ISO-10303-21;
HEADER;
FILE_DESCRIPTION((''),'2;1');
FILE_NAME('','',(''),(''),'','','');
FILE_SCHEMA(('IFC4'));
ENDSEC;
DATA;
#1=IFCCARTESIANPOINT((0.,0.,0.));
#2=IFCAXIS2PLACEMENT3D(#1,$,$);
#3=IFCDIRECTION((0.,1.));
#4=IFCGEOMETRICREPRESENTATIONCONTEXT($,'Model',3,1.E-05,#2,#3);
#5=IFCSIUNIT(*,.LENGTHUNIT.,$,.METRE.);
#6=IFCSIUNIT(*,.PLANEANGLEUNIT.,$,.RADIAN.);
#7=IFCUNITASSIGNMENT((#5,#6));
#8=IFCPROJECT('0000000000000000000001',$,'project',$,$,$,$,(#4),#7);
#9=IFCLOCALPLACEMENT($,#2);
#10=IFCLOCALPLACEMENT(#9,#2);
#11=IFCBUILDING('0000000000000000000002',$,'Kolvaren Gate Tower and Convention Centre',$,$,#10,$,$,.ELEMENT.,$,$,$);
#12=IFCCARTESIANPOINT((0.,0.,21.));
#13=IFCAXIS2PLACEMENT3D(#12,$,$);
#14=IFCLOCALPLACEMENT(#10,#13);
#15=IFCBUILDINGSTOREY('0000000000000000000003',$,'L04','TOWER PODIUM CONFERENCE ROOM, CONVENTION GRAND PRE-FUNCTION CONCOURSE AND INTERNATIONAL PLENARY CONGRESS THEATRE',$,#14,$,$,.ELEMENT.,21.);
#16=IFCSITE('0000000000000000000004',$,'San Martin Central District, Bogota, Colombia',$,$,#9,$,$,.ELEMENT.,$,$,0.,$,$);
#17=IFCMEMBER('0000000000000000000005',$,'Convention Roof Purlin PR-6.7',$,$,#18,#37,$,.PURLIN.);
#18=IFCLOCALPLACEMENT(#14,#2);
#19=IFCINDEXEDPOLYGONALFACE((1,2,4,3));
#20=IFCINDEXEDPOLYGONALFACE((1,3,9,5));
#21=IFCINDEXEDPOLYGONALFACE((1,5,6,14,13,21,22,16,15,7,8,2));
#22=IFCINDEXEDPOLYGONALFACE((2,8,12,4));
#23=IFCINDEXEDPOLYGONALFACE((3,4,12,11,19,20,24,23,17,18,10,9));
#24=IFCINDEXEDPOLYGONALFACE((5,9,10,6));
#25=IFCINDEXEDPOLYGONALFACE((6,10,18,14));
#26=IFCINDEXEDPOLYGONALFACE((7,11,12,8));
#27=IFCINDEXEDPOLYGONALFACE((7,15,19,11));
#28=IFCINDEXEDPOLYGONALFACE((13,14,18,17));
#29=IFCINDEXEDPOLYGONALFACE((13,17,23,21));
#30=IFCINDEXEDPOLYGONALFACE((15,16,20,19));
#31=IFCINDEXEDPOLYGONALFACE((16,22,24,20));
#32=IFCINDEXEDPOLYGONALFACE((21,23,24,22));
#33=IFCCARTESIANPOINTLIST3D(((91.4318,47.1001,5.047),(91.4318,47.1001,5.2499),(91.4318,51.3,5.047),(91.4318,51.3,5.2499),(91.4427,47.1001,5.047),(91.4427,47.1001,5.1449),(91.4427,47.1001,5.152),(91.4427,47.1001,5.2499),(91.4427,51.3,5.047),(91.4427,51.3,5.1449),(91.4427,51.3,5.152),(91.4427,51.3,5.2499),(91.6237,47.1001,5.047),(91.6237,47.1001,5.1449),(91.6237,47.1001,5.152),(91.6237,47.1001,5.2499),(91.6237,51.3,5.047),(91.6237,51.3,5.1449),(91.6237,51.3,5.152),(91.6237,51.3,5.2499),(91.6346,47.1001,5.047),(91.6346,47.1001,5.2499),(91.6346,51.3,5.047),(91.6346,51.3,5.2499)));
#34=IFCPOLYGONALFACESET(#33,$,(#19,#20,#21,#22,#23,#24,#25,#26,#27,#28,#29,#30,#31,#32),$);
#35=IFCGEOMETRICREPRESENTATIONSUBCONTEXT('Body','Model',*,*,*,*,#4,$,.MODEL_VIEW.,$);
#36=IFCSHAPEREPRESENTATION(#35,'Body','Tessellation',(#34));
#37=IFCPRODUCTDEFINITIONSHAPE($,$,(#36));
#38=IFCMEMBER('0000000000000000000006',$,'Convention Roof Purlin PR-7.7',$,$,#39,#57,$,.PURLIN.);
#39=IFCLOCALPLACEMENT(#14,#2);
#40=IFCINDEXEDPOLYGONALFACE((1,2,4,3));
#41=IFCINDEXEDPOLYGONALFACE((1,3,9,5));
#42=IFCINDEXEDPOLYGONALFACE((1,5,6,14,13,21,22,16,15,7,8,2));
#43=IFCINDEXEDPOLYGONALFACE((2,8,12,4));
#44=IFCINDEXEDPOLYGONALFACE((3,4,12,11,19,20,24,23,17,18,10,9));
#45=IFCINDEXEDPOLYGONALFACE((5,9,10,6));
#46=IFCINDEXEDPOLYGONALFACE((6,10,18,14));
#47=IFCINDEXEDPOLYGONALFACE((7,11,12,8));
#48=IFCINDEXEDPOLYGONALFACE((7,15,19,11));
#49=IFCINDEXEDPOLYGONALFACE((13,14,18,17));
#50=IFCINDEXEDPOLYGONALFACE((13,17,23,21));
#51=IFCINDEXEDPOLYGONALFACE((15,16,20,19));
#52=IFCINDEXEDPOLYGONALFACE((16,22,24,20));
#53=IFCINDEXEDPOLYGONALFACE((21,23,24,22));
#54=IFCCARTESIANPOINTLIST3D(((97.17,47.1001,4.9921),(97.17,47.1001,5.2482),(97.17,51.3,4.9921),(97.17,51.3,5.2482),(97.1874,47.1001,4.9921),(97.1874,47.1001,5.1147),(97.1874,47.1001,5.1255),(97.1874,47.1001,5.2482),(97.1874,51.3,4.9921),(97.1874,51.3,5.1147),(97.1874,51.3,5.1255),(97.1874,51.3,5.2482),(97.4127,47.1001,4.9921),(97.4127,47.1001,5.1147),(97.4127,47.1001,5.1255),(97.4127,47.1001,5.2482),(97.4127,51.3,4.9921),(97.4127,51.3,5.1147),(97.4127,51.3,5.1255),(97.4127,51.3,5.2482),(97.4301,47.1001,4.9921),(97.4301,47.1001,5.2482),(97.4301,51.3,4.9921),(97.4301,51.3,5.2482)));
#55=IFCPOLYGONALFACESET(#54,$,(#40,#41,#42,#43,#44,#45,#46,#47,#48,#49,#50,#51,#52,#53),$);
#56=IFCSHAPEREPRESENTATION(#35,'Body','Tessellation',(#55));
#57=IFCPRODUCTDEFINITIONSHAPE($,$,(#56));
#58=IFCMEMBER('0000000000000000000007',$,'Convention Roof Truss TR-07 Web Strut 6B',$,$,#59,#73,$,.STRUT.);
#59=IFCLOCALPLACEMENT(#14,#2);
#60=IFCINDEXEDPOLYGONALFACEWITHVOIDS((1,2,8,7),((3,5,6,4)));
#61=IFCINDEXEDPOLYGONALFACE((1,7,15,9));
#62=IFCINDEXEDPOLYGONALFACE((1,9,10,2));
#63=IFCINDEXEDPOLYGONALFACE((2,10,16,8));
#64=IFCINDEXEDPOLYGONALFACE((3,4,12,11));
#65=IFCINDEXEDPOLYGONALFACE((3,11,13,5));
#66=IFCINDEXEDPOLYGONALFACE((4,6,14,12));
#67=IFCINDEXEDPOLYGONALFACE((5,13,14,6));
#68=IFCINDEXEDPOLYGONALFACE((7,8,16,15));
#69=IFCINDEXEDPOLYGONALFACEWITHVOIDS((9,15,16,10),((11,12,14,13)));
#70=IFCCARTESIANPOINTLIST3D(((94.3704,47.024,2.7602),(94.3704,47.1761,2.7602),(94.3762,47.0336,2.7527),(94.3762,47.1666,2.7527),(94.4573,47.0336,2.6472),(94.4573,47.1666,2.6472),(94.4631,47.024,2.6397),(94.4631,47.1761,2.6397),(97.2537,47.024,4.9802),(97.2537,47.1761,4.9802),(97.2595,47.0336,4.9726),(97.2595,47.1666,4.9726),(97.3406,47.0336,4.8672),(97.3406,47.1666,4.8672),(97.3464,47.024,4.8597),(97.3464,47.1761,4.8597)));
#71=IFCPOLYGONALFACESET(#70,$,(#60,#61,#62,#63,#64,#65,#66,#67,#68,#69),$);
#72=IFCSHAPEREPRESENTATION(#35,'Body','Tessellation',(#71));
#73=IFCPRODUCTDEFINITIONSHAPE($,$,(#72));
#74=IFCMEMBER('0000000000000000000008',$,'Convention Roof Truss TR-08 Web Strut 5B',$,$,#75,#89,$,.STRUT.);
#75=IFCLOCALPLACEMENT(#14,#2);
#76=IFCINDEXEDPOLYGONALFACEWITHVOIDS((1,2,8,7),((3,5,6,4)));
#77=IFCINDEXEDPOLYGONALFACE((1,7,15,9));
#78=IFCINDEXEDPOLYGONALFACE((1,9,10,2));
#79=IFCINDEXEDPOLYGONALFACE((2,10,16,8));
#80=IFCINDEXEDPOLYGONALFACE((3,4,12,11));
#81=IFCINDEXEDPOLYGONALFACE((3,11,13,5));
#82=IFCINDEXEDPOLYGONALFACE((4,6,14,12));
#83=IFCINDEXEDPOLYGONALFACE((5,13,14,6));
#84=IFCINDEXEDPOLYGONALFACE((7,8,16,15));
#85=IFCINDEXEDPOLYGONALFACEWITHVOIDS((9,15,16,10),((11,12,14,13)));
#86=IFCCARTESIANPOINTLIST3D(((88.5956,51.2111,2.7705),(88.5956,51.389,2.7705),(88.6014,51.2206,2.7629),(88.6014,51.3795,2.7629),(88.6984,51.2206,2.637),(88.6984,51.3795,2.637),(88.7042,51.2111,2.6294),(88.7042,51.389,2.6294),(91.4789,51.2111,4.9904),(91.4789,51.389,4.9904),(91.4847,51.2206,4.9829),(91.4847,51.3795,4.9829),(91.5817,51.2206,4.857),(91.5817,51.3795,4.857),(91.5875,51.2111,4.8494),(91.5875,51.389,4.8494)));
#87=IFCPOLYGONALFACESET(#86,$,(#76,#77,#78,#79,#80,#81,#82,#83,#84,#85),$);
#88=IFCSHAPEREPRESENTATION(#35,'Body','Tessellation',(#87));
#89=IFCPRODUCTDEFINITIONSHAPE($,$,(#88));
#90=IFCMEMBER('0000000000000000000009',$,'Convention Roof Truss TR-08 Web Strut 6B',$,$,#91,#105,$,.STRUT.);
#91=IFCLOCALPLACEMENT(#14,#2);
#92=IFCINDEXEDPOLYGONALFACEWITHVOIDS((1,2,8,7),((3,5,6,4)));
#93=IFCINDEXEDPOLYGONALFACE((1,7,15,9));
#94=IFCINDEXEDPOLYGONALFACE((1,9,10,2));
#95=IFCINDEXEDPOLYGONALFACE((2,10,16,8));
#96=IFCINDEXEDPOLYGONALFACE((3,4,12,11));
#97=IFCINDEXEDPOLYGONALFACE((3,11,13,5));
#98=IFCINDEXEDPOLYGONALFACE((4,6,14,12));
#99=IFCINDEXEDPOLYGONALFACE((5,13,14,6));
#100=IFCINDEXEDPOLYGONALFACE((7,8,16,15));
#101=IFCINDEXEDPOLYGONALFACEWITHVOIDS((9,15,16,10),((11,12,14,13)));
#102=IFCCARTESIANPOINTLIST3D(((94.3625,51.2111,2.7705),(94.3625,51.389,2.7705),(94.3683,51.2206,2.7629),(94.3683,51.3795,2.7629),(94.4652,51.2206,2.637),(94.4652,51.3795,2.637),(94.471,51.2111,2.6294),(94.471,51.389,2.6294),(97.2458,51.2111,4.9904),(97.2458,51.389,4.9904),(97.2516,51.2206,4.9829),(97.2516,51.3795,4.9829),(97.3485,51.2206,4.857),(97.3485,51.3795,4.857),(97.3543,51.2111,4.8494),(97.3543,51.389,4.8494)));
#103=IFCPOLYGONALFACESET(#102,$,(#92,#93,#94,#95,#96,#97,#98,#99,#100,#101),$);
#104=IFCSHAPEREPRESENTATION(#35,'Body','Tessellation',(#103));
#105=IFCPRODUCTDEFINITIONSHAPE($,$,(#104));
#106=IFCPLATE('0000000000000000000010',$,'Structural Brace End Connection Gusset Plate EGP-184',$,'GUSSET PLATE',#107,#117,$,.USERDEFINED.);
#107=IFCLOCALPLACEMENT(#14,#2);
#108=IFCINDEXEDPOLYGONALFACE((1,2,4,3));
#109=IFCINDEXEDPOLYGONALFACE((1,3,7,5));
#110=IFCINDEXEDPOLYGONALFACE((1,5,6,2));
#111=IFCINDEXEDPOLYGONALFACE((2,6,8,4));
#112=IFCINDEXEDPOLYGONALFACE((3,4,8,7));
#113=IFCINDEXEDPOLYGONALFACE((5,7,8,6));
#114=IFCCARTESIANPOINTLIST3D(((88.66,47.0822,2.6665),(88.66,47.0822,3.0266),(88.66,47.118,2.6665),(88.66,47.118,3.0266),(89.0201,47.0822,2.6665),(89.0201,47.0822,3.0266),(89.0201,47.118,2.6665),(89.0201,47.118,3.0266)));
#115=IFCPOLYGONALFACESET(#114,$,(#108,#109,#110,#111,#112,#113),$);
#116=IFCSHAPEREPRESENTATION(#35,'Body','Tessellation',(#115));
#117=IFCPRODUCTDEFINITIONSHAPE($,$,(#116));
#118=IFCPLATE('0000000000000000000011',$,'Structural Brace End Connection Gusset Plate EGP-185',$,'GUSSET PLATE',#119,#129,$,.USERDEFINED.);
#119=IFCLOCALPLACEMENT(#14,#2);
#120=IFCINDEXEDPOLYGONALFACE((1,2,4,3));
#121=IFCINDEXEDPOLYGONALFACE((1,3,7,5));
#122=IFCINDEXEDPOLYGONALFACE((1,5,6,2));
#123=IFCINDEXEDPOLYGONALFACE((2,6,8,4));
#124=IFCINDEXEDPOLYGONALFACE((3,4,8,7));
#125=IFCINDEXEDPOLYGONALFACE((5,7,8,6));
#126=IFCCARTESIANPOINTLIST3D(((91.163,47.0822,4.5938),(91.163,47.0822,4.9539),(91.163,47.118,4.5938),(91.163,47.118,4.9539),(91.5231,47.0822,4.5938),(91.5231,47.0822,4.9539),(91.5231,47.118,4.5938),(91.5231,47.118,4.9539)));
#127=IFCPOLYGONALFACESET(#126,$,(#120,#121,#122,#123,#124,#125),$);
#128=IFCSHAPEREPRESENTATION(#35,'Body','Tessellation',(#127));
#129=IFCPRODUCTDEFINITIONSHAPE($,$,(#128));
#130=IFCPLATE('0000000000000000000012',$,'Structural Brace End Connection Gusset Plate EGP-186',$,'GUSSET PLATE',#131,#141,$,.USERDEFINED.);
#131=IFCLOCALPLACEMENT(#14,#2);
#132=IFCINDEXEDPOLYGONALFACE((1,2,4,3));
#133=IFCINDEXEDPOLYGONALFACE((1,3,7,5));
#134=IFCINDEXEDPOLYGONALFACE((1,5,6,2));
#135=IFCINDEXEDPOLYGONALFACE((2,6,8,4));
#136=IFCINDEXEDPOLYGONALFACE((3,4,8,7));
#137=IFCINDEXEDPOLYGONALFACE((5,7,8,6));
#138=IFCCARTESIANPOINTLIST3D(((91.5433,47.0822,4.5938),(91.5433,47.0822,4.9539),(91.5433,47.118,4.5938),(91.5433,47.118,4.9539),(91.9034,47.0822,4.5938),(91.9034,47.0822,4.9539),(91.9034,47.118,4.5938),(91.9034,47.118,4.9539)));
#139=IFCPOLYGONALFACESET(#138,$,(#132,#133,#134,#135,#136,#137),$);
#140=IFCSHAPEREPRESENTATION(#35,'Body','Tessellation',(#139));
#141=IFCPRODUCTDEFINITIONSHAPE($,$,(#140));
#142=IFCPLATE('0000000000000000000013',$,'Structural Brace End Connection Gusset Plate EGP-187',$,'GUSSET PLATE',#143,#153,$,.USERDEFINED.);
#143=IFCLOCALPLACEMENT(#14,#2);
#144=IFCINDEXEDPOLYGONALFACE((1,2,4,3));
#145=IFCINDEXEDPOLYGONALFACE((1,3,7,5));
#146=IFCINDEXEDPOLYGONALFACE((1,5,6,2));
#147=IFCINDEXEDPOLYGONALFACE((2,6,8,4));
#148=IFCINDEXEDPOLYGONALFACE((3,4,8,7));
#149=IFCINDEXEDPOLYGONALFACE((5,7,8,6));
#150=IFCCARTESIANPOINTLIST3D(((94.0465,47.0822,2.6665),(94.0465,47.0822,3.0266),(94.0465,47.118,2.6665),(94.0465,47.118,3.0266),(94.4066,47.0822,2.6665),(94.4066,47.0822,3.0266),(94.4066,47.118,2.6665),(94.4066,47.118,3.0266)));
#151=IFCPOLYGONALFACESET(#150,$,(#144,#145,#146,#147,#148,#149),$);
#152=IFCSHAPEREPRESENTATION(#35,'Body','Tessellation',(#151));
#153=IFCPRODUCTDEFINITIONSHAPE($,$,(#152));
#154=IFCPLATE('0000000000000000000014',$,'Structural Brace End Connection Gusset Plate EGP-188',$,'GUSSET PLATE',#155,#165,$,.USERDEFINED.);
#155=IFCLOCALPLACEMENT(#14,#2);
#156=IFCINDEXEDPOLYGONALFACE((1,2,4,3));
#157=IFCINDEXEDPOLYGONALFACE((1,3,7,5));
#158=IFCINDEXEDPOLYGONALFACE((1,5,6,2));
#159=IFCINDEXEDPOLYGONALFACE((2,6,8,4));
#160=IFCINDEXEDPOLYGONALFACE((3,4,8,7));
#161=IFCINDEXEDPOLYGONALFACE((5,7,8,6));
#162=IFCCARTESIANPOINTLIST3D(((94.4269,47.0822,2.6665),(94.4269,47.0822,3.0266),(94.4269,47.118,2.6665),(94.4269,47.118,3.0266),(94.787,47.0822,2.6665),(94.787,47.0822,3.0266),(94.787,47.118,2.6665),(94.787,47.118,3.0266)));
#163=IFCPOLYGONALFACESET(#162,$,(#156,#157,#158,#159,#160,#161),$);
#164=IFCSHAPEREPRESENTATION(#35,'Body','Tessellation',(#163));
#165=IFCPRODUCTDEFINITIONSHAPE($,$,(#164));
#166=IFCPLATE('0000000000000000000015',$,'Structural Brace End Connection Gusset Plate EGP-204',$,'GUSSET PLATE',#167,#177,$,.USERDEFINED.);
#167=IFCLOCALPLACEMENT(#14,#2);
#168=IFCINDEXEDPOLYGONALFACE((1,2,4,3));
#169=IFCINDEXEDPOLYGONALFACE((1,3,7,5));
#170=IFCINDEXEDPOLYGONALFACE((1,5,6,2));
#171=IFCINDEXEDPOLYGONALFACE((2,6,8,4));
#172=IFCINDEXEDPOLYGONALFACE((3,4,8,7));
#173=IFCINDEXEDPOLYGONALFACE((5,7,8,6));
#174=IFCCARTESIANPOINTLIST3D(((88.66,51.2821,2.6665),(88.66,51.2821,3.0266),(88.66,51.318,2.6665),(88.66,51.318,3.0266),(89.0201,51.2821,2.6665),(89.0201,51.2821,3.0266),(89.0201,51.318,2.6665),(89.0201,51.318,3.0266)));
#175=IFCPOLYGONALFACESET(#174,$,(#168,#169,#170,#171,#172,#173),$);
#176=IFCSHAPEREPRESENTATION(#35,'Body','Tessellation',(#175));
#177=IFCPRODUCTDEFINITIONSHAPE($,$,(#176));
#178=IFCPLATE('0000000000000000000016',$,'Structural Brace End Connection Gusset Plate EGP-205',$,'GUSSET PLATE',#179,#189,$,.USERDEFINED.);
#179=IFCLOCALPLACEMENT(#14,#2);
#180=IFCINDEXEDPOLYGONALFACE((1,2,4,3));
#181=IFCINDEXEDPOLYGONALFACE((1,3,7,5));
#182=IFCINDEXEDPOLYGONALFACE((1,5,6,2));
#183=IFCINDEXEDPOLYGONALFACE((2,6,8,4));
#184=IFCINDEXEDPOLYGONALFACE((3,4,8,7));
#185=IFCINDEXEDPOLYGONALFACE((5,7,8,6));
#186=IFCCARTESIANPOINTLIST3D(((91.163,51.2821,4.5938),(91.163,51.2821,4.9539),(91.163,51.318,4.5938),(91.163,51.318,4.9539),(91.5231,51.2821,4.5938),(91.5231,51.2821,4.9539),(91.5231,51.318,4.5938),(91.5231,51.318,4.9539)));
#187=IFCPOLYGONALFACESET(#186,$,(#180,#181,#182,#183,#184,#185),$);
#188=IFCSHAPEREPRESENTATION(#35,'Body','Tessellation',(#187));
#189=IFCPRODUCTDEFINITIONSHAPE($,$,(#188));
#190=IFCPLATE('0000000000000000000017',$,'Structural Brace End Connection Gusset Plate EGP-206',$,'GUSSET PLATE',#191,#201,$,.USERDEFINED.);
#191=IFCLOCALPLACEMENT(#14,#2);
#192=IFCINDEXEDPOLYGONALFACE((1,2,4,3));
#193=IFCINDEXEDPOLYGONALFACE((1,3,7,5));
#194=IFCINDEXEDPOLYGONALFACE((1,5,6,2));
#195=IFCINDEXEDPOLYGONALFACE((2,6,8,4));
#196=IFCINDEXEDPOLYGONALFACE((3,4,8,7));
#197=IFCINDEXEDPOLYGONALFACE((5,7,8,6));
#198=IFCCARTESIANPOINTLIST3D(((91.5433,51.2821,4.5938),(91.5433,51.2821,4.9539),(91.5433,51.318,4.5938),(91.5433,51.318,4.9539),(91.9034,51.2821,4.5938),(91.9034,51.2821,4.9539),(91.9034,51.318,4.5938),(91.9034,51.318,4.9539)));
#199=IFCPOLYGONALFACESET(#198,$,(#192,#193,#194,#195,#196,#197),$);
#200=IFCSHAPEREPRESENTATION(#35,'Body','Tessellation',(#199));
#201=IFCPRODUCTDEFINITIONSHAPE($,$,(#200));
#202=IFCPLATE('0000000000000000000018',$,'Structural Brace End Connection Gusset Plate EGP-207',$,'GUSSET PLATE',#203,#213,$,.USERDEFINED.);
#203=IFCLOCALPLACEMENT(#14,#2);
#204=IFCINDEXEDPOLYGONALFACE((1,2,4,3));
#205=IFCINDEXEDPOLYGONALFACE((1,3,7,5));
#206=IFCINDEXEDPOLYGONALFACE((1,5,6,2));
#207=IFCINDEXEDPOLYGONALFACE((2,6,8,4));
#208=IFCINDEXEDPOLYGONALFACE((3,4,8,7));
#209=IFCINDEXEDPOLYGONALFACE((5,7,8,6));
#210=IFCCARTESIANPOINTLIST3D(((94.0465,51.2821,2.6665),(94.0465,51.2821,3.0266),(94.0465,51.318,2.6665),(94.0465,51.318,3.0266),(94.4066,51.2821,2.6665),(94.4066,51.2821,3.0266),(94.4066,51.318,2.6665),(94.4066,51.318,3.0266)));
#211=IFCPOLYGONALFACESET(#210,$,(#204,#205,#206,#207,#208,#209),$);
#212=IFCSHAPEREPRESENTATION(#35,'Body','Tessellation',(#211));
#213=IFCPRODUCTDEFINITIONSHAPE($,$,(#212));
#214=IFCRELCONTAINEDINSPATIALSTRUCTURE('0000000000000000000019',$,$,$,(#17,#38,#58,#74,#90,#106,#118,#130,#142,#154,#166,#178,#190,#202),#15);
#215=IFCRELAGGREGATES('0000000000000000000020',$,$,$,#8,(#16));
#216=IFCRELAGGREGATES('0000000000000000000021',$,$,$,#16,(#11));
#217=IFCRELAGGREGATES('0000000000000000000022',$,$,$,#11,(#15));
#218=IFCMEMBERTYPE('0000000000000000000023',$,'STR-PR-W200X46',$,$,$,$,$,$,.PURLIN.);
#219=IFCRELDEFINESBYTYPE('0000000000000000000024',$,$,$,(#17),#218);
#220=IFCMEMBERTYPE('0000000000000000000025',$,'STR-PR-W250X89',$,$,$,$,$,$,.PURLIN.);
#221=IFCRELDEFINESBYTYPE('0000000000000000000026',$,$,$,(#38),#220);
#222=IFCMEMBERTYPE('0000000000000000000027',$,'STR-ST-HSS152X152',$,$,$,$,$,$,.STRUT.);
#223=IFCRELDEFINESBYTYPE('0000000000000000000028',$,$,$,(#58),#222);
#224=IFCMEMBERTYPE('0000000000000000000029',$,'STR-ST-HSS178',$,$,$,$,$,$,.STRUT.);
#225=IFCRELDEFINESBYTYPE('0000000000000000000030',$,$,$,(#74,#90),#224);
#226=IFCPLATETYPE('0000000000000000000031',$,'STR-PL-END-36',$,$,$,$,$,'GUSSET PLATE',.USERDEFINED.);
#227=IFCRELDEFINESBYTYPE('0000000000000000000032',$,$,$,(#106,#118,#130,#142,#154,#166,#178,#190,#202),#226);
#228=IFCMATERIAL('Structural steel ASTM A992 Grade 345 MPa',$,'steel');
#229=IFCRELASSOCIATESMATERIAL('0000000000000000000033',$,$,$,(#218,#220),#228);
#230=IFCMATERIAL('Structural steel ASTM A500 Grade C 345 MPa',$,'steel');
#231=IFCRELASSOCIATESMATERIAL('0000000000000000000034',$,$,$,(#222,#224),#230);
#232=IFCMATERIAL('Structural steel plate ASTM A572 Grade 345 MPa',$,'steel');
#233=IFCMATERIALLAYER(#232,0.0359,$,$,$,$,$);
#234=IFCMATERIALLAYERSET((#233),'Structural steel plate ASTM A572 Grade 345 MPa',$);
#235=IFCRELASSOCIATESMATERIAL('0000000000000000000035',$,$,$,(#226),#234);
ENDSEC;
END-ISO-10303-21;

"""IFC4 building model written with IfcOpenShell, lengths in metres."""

from ifc_helpers import new_model, si_unit, direction, frame, origin, origin_2d, place, context, subcontext, project, spatial, rectangle, hollow_rectangle, i_section, extrude, material, layer, layer_set, material_profile, profile_set, type_object, element, save


model = new_model("IFC4")

# Units and contexts
model_context = context("Model", 3, precision=1e-05, world=origin(), true_north=direction((0.0, 1.0)))
body_context = subcontext(model_context, "Body", "Model", "MODEL_VIEW")
ifc_project = project(units=[si_unit("LENGTHUNIT", "METRE"), si_unit("PLANEANGLEUNIT", "RADIAN")], contexts=[model_context])

# Site, building, storey
site_placement = place(None, origin())
site = spatial("IfcSite", under=ifc_project, at=site_placement, Name="San Martin Central District, Bogota, Colombia", CompositionType="ELEMENT", RefElevation=0.0)
building_placement = place(site_placement, origin())
building = spatial("IfcBuilding", under=site, at=building_placement, Name="Kolvaren Gate Tower and Convention Centre", CompositionType="ELEMENT")
storey_placement = place(building_placement, frame((0.0, 0.0, 21.0)))
storey = spatial("IfcBuildingStorey", under=building, at=storey_placement, Name="L04", Description="TOWER PODIUM CONFERENCE ROOM, CONVENTION GRAND PRE-FUNCTION CONCOURSE AND INTERNATIONAL PLENARY CONGRESS THEATRE", CompositionType="ELEMENT", Elevation=21.0)

# Shared definitions
ifc_material_1 = material(Name="Structural steel ASTM A992 Grade 345 MPa", Category="steel")

# Members
ifc_material_2 = material(Name="Structural steel ASTM A500 Grade C 345 MPa", Category="steel")
ifc_material_profile_1 = material_profile(ifc_material_1, i_section(OverallWidth=0.2029, OverallDepth=0.2029, WebThickness=0.0071, FlangeThickness=0.011, at=origin_2d()), Name="W200X46")
ifc_profile_set_1 = profile_set([ifc_material_profile_1], Name="Structural steel ASTM A992 Grade 345 MPa")
member_type_1 = type_object("IfcMemberType", Name="STR-PR-W200X46", PredefinedType="PURLIN", material=ifc_profile_set_1)
member_1_placement = place(storey_placement, frame((91.5332, 47.1001, 5.1484), z_axis=(0.0, 1.0, 0.0), x_axis=(0.0, 0.0, 1.0)))
element("IfcMember", 1, at=member_1_placement, inside=storey, type_object=member_type_1, Name="Convention Roof Purlin PR-6.7", PredefinedType="PURLIN", context=body_context, shape_type="SweptSolid", body=[
    extrude(i_section(OverallWidth=0.2029, OverallDepth=0.2029, WebThickness=0.0071, FlangeThickness=0.011, at=origin_2d()), origin(), (0.0, 0.0, 1.0), 4.2),
])
ifc_material_profile_2 = material_profile(ifc_material_1, i_section(OverallWidth=0.2561, OverallDepth=0.26, WebThickness=0.0107, FlangeThickness=0.0173, at=origin_2d()), Name="W250X89")
ifc_profile_set_2 = profile_set([ifc_material_profile_2], Name="Structural steel ASTM A992 Grade 345 MPa")
member_type_2 = type_object("IfcMemberType", Name="STR-PR-W250X89", PredefinedType="PURLIN", material=ifc_profile_set_2)
member_2_placement = place(storey_placement, frame((97.3, 47.1001, 5.1201), z_axis=(0.0, 1.0, 0.0), x_axis=(0.0, 0.0, 1.0)))
element("IfcMember", 2, at=member_2_placement, inside=storey, type_object=member_type_2, Name="Convention Roof Purlin PR-7.7", PredefinedType="PURLIN", context=body_context, shape_type="SweptSolid", body=[
    extrude(i_section(OverallWidth=0.2561, OverallDepth=0.26, WebThickness=0.0107, FlangeThickness=0.0173, at=origin_2d()), origin(), (0.0, 0.0, 1.0), 4.2),
])
ifc_material_profile_3 = material_profile(ifc_material_2, hollow_rectangle(XDim=0.1521, YDim=0.1521, WallThickness=0.0095, at=origin_2d()), Name="HSS152X152X9.5")
ifc_profile_set_3 = profile_set([ifc_material_profile_3], Name="Structural steel ASTM A500 Grade C 345 MPa")
member_type_3 = type_object("IfcMemberType", Name="STR-ST-HSS152X152", PredefinedType="STRUT", material=ifc_profile_set_3)
member_3_placement = place(storey_placement, frame((94.4167, 47.1001, 2.7), z_axis=(0.792352, 0.0, 0.610064), x_axis=(0.0, 1.0, 0.0)))
element("IfcMember", 3, at=member_3_placement, inside=storey, type_object=member_type_3, Name="Convention Roof Truss TR-07 Web Strut 6B", PredefinedType="STRUT", context=body_context, shape_type="SweptSolid", body=[
    extrude(hollow_rectangle(XDim=0.1521, YDim=0.1521, WallThickness=0.0095, at=origin_2d()), origin(), (0.0, 0.0, 1.0), 3.6389),
])
ifc_material_profile_4 = material_profile(ifc_material_2, hollow_rectangle(XDim=0.178, YDim=0.178, WallThickness=0.0095, at=origin_2d()), Name="HSS178X178X9.5")
ifc_profile_set_4 = profile_set([ifc_material_profile_4], Name="Structural steel ASTM A500 Grade C 345 MPa")
member_type_4 = type_object("IfcMemberType", Name="STR-ST-HSS178", PredefinedType="STRUT", material=ifc_profile_set_4)
for number, where, z_axis, x_axis, name in (
    (4, (88.6499, 51.3, 2.7), (0.792352, 0.0, 0.610064), (0.0, 1.0, 0.0), "Convention Roof Truss TR-08 Web Strut 5B"),
    (5, (94.4167, 51.3, 2.7), (0.792352, 0.0, 0.610064), (0.0, 1.0, 0.0), "Convention Roof Truss TR-08 Web Strut 6B"),
):
    element("IfcMember", number, at=place(storey_placement, frame(where, z_axis=z_axis, x_axis=x_axis)), inside=storey, type_object=member_type_4, Name=name, PredefinedType="STRUT", context=body_context, shape_type="SweptSolid", body=[
        extrude(hollow_rectangle(XDim=0.178, YDim=0.178, WallThickness=0.0095, at=origin_2d()), origin(), (0.0, 0.0, 1.0), 3.6389),
    ])

# Plates
ifc_material_3 = material(Name="Structural steel plate ASTM A572 Grade 345 MPa", Category="steel")
ifc_layer_1 = layer(ifc_material_3, 0.0359)
ifc_layer_set_1 = layer_set([ifc_layer_1], Name="Structural steel plate ASTM A572 Grade 345 MPa")
plate_type_1 = type_object("IfcPlateType", Name="STR-PL-END-36", ElementType="GUSSET PLATE", PredefinedType="USERDEFINED", material=ifc_layer_set_1)
for number, where, z_axis, x_axis, name in (
    (6, (88.8401, 47.1001, 2.6665), (0.0, 0.0, 1.0), (1.0, 0.0, 0.0), "Structural Brace End Connection Gusset Plate EGP-184"),
    (7, (91.343, 47.1001, 4.5938), (0.0, 0.0, 1.0), (1.0, 0.0, 0.0), "Structural Brace End Connection Gusset Plate EGP-185"),
    (8, (91.7234, 47.1001, 4.5938), (0.0, 0.0, 1.0), (1.0, 0.0, 0.0), "Structural Brace End Connection Gusset Plate EGP-186"),
    (9, (94.2266, 47.1001, 2.6665), (0.0, 0.0, 1.0), (1.0, 0.0, 0.0), "Structural Brace End Connection Gusset Plate EGP-187"),
    (10, (94.6069, 47.1001, 2.6665), (0.0, 0.0, 1.0), (1.0, 0.0, 0.0), "Structural Brace End Connection Gusset Plate EGP-188"),
    (11, (88.8401, 51.3, 2.6665), (0.0, 0.0, 1.0), (1.0, 0.0, 0.0), "Structural Brace End Connection Gusset Plate EGP-204"),
    (12, (91.343, 51.3, 4.5938), (0.0, 0.0, 1.0), (1.0, 0.0, 0.0), "Structural Brace End Connection Gusset Plate EGP-205"),
    (13, (91.7234, 51.3, 4.5938), (0.0, 0.0, 1.0), (1.0, 0.0, 0.0), "Structural Brace End Connection Gusset Plate EGP-206"),
    (14, (94.2266, 51.3, 2.6665), (0.0, 0.0, 1.0), (1.0, 0.0, 0.0), "Structural Brace End Connection Gusset Plate EGP-207"),
):
    element("IfcPlate", number, at=place(storey_placement, frame(where, z_axis=z_axis, x_axis=x_axis)), inside=storey, type_object=plate_type_1, Name=name, ObjectType="GUSSET PLATE", PredefinedType="USERDEFINED", context=body_context, shape_type="SweptSolid", body=[
        extrude(rectangle(XDim=0.3601, YDim=0.0359, at=origin_2d()), origin(), (0.0, 0.0, 1.0), 0.3601),
    ])

save(model, "model.ifc")
